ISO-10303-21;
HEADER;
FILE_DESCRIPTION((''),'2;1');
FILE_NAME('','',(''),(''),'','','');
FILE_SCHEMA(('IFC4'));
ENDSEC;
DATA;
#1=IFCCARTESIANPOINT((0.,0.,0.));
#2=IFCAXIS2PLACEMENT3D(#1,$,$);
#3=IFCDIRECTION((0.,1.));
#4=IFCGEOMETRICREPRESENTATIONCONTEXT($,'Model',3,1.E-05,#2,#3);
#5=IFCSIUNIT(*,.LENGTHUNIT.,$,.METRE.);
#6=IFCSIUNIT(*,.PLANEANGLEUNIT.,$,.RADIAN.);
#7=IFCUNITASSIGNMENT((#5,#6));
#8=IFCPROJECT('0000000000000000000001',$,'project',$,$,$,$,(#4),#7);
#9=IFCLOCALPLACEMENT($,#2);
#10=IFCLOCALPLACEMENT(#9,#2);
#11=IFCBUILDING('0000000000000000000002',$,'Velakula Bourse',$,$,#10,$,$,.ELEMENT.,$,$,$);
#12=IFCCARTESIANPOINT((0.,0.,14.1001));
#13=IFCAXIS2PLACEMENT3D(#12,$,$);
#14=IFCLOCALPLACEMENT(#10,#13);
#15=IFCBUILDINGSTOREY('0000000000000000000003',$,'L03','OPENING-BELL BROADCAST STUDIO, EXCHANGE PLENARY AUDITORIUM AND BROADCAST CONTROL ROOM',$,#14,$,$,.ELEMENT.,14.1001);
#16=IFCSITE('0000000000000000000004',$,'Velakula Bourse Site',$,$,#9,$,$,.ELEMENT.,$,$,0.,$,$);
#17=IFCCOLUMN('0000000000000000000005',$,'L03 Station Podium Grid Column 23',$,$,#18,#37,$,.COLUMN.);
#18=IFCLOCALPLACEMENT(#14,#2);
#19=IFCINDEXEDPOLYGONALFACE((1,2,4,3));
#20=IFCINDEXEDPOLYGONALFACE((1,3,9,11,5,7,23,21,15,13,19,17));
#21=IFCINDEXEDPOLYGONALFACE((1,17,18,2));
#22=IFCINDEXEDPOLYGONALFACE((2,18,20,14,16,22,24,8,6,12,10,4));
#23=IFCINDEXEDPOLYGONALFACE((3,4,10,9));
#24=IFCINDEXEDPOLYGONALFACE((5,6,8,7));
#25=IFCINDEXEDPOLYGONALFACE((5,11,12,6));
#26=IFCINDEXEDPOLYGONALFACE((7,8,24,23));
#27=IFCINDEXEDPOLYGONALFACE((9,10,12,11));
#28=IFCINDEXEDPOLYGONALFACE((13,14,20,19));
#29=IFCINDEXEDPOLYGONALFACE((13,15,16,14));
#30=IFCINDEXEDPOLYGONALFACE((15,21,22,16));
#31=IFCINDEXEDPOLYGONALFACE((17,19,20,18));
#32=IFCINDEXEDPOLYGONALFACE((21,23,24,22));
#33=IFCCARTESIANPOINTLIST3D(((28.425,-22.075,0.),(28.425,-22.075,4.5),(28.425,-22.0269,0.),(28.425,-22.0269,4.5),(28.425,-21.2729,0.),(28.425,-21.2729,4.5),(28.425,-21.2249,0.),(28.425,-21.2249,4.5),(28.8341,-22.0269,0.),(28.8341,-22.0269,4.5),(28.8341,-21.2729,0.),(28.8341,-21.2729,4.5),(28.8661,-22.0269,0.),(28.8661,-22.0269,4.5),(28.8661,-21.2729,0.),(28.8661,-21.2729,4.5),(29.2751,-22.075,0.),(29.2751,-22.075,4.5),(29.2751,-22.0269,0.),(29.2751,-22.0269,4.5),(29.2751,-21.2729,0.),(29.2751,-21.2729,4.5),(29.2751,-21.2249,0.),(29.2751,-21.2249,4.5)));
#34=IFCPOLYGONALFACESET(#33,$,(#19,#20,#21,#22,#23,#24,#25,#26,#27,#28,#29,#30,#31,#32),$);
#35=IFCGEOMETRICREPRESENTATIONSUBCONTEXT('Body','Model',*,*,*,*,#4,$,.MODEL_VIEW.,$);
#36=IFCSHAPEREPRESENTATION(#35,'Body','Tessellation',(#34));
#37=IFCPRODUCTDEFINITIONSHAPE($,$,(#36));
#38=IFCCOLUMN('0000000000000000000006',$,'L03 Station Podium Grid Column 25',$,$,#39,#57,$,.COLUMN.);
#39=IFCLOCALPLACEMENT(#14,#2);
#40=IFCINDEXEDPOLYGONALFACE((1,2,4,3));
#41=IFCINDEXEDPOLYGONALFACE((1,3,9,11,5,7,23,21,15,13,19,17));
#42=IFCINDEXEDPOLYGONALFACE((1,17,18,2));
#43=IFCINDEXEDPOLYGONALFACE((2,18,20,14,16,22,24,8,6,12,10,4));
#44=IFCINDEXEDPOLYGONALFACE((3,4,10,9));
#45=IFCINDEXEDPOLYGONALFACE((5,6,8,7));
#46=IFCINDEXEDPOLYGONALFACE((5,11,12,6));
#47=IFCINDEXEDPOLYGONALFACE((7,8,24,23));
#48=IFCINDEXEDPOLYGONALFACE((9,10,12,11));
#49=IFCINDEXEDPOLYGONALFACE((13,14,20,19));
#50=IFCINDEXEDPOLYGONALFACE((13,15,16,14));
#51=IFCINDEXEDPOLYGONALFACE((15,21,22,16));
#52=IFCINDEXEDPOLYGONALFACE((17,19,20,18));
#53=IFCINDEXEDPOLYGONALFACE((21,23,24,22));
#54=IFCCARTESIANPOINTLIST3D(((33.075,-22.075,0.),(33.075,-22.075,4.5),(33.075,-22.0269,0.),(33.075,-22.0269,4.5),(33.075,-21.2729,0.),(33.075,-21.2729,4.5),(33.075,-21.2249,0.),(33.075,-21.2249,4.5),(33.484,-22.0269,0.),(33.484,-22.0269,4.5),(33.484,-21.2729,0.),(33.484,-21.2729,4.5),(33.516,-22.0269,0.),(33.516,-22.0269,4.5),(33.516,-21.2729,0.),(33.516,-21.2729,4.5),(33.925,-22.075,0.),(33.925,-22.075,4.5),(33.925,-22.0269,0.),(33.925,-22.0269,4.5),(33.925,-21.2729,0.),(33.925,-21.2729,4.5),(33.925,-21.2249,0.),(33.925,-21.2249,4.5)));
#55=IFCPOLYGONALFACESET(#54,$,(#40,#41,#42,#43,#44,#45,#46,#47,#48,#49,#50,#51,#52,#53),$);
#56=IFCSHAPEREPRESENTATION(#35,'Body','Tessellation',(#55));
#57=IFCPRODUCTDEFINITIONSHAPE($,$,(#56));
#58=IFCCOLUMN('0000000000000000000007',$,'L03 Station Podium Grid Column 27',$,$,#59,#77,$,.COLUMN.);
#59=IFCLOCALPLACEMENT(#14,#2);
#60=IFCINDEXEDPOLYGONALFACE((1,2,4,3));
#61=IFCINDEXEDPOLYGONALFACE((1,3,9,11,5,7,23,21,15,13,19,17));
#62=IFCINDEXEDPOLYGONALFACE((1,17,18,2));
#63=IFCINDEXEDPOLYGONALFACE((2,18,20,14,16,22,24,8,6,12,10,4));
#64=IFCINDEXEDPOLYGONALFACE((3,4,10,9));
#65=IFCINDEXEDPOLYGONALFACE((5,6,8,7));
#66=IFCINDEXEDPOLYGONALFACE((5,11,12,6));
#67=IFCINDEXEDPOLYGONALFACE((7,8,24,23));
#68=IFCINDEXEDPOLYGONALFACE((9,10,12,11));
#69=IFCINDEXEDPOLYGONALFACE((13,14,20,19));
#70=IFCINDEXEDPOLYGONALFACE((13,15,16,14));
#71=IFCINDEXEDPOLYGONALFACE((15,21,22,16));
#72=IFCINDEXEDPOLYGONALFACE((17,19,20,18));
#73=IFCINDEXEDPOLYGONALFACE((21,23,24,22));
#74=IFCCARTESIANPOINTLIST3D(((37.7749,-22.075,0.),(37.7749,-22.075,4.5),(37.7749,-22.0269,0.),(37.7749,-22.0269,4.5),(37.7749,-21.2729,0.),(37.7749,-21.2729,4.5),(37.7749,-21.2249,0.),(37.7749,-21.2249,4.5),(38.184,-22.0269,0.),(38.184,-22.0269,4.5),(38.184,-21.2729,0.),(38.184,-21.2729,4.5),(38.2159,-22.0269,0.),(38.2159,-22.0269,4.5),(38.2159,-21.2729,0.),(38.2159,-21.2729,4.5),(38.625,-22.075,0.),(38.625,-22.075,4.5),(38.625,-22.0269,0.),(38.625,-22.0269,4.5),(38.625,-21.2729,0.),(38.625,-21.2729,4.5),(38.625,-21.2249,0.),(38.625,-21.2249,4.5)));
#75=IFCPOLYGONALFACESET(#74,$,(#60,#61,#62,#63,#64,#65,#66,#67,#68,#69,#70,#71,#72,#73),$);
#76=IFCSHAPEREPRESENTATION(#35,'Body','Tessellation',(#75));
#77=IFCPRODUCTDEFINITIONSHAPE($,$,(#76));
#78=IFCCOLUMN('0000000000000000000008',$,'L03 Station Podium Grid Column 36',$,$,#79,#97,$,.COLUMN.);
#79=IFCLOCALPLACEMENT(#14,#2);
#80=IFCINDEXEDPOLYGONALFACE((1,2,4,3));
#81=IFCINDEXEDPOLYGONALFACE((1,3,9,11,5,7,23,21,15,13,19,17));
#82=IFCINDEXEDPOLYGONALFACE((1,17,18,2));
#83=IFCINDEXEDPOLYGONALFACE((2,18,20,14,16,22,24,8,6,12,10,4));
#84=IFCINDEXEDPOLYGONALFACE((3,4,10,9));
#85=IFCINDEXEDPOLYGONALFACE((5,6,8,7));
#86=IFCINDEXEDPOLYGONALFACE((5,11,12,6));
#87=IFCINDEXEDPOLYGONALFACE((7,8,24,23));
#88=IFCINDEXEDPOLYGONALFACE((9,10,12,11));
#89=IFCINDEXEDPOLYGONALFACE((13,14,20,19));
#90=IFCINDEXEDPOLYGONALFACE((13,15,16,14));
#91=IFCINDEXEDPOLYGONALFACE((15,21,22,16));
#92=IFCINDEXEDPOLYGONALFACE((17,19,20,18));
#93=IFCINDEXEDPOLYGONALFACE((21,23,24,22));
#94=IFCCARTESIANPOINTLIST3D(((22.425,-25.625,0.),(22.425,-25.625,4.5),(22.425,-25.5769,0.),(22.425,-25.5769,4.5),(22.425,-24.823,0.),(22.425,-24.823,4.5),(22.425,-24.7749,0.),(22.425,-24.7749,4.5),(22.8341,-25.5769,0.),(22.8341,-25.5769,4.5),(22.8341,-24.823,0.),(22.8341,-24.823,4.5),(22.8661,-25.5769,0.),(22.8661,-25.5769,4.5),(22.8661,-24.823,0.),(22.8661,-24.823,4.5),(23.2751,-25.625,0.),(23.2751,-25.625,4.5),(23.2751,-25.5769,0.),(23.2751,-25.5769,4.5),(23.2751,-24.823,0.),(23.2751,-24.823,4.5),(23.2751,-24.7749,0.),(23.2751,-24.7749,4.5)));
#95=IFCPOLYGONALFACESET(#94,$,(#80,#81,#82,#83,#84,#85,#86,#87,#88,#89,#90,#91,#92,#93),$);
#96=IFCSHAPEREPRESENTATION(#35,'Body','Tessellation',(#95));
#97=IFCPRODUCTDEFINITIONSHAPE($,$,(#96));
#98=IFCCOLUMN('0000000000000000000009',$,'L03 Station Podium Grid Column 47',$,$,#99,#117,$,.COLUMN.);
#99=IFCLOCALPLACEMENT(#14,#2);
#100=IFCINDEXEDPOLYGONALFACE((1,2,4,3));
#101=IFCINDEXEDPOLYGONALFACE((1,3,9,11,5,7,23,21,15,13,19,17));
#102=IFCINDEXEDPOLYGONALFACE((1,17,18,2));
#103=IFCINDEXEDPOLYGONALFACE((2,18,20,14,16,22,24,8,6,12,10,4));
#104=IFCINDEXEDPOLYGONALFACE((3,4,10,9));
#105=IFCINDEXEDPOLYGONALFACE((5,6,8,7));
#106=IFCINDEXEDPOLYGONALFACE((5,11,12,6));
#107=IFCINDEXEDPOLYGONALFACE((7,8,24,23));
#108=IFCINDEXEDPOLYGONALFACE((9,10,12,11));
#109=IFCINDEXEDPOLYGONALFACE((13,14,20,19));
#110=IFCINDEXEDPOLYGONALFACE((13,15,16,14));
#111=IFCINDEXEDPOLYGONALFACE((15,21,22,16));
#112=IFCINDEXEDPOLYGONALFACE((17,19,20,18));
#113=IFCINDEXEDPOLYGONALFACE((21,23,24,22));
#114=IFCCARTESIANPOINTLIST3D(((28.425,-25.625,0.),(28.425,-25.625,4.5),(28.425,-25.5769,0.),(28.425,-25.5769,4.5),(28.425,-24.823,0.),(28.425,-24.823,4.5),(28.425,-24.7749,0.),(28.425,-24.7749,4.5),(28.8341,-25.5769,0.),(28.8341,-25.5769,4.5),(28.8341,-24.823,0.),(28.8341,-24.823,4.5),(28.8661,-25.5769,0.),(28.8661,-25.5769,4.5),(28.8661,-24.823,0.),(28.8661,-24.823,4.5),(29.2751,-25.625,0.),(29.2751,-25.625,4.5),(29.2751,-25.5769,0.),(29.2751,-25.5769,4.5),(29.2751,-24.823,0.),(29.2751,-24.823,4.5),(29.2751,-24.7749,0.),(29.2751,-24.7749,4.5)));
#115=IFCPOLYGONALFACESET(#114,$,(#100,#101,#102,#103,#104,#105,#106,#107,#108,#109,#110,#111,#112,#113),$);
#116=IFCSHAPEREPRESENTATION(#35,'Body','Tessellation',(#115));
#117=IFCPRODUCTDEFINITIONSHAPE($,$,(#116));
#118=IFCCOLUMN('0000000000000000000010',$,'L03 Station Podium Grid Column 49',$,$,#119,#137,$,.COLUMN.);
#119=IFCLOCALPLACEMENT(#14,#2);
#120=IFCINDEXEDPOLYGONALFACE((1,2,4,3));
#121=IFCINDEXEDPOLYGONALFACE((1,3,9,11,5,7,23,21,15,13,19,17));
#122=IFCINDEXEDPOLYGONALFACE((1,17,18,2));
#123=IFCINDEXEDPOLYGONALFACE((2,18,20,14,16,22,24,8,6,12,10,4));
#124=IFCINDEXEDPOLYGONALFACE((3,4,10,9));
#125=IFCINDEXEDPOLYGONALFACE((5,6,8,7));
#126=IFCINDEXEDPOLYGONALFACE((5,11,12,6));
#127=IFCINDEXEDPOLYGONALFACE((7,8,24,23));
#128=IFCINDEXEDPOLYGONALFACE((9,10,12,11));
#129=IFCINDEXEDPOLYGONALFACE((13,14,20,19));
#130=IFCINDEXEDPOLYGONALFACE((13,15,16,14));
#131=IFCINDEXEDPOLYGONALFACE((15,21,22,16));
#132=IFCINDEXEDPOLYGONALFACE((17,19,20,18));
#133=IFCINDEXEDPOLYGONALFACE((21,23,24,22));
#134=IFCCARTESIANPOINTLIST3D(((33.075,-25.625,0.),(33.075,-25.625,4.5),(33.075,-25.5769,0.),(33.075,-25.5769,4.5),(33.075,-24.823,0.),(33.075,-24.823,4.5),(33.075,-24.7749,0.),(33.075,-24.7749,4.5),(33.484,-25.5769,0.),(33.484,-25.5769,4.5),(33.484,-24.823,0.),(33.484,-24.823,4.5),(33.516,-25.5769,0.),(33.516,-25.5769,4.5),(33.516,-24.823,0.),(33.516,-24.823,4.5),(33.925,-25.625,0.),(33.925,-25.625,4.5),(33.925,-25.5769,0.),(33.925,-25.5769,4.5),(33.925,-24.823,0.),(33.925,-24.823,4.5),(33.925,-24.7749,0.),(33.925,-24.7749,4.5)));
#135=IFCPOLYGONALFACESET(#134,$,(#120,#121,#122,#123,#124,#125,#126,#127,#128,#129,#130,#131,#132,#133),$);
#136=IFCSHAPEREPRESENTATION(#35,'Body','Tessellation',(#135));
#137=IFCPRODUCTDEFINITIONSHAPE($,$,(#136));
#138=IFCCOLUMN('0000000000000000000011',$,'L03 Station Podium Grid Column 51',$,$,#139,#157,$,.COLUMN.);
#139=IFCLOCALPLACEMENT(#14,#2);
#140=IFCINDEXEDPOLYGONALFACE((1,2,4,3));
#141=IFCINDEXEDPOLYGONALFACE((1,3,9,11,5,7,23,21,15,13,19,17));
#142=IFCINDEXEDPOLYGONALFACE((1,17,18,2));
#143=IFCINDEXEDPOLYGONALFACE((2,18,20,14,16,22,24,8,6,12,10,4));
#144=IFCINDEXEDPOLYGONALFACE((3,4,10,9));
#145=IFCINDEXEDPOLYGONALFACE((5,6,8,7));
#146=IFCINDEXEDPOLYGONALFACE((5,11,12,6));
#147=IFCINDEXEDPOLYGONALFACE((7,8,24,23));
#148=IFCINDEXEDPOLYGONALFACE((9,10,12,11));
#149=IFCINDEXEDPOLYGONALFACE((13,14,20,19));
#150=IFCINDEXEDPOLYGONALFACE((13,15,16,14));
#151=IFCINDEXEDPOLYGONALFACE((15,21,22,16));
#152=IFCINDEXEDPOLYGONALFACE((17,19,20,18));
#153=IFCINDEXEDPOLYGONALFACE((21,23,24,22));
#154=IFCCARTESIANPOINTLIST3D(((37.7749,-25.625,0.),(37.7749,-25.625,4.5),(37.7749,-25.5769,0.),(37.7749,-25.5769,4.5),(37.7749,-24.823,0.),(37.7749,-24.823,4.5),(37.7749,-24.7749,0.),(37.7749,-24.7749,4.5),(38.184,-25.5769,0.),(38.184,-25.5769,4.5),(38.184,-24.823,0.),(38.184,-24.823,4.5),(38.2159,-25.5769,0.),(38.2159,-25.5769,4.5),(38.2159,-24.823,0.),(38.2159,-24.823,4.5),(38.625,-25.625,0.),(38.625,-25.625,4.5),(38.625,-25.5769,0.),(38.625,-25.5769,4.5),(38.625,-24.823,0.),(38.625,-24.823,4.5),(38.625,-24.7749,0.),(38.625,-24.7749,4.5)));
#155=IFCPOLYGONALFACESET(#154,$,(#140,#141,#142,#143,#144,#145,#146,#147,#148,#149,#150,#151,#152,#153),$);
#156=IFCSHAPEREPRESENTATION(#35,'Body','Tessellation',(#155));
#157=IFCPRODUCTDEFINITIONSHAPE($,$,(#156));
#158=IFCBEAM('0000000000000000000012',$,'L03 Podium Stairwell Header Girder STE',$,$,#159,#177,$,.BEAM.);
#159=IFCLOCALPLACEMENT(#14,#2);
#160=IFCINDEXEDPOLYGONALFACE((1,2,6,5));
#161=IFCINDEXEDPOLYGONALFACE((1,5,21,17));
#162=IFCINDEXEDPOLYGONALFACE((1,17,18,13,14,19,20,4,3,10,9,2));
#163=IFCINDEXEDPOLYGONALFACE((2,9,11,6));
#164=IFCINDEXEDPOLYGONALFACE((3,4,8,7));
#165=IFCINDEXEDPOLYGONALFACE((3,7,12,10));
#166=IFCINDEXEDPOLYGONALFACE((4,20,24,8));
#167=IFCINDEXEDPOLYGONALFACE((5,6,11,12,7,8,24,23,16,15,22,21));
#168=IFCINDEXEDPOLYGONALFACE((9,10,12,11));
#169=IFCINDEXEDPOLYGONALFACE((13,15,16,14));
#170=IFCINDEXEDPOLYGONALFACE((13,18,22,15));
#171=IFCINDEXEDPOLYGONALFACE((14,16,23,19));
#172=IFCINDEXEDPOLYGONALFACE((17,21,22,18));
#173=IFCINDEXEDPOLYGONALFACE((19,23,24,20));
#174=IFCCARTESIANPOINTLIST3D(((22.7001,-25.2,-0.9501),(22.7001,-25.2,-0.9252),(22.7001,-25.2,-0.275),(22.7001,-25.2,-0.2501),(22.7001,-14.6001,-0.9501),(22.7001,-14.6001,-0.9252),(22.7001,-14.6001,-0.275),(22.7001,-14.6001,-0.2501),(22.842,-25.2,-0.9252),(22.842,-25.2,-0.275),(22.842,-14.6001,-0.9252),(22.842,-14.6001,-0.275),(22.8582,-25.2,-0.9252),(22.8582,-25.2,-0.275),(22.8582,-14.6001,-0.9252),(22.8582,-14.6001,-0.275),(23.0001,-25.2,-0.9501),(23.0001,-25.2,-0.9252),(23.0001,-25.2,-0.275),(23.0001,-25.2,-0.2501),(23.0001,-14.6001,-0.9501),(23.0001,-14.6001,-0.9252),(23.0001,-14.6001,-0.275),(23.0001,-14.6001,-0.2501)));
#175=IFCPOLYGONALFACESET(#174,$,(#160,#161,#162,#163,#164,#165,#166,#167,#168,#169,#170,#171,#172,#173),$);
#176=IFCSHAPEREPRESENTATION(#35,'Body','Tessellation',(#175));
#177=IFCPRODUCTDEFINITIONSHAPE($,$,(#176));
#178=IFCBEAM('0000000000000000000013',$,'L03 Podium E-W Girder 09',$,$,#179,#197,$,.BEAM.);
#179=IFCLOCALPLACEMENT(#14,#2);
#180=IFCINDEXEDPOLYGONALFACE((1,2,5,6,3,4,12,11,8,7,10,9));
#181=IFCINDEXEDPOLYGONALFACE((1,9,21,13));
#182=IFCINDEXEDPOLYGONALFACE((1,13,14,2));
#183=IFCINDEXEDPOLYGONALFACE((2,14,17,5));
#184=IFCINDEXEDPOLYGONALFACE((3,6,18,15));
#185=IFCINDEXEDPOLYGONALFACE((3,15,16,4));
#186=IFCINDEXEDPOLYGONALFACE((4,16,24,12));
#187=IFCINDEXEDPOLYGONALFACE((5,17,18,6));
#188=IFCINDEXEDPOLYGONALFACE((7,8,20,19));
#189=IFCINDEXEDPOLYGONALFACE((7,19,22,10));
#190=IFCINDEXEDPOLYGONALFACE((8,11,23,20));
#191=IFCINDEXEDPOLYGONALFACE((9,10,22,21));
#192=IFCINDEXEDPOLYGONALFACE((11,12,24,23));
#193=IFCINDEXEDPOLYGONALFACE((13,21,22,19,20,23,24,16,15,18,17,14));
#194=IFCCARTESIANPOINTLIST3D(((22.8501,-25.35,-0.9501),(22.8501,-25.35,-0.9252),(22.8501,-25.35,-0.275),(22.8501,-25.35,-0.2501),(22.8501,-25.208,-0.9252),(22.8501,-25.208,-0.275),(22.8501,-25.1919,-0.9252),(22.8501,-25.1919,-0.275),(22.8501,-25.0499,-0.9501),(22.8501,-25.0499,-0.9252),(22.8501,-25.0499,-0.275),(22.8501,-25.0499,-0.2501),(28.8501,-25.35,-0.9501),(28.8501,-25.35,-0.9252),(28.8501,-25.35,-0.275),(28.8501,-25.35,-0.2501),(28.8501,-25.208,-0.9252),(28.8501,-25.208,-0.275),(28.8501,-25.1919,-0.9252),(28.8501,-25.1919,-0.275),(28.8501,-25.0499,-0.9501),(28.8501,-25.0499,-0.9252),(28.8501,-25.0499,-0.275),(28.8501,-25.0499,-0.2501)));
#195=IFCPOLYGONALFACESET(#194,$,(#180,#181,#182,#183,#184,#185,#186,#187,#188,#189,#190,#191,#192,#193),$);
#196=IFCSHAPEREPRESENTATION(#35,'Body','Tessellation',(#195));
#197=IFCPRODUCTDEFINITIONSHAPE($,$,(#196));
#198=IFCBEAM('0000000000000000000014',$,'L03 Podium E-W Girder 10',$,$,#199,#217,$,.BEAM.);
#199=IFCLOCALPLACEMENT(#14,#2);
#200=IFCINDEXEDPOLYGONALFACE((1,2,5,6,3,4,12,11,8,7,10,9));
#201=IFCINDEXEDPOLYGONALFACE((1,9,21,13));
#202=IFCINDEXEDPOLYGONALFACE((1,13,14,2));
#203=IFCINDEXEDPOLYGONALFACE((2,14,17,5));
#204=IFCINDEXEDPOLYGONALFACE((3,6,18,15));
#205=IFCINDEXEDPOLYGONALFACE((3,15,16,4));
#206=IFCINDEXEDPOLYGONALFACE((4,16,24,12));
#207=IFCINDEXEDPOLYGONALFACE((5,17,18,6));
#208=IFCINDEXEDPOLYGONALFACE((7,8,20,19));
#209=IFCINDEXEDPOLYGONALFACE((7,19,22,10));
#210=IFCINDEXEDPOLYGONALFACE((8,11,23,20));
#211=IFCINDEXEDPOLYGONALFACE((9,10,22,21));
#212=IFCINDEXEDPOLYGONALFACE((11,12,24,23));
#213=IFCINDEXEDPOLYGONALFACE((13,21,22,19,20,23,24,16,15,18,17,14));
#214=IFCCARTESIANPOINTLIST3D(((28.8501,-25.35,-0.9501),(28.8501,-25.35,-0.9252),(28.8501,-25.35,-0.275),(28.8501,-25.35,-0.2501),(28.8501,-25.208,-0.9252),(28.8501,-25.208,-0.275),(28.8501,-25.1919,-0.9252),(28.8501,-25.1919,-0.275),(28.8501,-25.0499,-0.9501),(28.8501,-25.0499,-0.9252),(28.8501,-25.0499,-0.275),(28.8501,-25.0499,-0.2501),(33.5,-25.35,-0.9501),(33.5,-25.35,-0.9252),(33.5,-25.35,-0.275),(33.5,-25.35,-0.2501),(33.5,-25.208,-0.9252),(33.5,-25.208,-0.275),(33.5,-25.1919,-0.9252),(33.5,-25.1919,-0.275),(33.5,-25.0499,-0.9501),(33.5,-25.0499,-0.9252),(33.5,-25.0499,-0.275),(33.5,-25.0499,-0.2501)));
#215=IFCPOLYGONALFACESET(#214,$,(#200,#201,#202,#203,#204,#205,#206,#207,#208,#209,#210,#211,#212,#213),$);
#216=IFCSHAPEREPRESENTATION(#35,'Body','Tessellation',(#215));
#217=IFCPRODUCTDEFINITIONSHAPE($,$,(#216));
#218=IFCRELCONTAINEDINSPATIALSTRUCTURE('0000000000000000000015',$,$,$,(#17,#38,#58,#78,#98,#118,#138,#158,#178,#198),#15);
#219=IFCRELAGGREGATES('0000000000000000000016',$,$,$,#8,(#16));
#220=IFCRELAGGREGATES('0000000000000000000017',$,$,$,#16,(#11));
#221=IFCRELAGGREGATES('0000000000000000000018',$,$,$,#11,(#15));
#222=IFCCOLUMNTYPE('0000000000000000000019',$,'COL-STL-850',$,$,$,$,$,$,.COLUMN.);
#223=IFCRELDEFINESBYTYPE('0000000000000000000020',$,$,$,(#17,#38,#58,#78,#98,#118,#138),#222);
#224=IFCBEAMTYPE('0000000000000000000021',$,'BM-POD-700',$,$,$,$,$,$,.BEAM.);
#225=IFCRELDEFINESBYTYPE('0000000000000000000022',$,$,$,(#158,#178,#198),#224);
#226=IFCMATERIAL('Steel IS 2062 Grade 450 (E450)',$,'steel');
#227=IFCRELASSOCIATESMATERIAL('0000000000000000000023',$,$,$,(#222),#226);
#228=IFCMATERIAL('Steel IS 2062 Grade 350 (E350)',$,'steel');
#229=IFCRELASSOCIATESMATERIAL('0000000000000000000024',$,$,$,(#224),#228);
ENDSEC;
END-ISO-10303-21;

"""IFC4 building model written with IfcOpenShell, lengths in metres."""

from ifc_helpers import new_model, si_unit, direction, frame, origin, origin_2d, place, context, subcontext, project, spatial, i_section, extrude, material, material_profile, profile_set, type_object, element, save


model = new_model("IFC4")

# Units and contexts
model_context = context("Model", 3, precision=1e-05, world=origin(), true_north=direction((0.0, 1.0)))
body_context = subcontext(model_context, "Body", "Model", "MODEL_VIEW")
ifc_project = project(units=[si_unit("LENGTHUNIT", "METRE"), si_unit("PLANEANGLEUNIT", "RADIAN")], contexts=[model_context])

# Site, building, storey
site_placement = place(None, origin())
site = spatial("IfcSite", under=ifc_project, at=site_placement, Name="Velakula Bourse Site", CompositionType="ELEMENT", RefElevation=0.0)
building_placement = place(site_placement, origin())
building = spatial("IfcBuilding", under=site, at=building_placement, Name="Velakula Bourse", CompositionType="ELEMENT")
storey_placement = place(building_placement, frame((0.0, 0.0, 14.1001)))
storey = spatial("IfcBuildingStorey", under=building, at=storey_placement, Name="L03", Description="OPENING-BELL BROADCAST STUDIO, EXCHANGE PLENARY AUDITORIUM AND BROADCAST CONTROL ROOM", CompositionType="ELEMENT", Elevation=14.1001)

# Columns
ifc_material_1 = material(Name="Steel IS 2062 Grade 450 (E450)", Category="steel")
ifc_material_profile_1 = material_profile(ifc_material_1, i_section(OverallWidth=0.8501, OverallDepth=0.8501, WebThickness=0.032, FlangeThickness=0.0481, at=origin_2d()), Name="Steel IS 2062 Grade 450 (E450)")
ifc_profile_set_1 = profile_set([ifc_material_profile_1], Name="Steel IS 2062 Grade 450 (E450)")
column_type = type_object("IfcColumnType", Name="COL-STL-850", PredefinedType="COLUMN", material=ifc_profile_set_1)
for number, where, z_axis, x_axis, name in (
    (1, (28.8501, -21.6499, 0.0), (0.0, 0.0, 1.0), (1.0, 0.0, 0.0), "L03 Station Podium Grid Column 23"),
    (2, (33.5, -21.6499, 0.0), (0.0, 0.0, 1.0), (1.0, 0.0, 0.0), "L03 Station Podium Grid Column 25"),
    (3, (38.2, -21.6499, 0.0), (0.0, 0.0, 1.0), (1.0, 0.0, 0.0), "L03 Station Podium Grid Column 27"),
    (4, (22.8501, -25.2, 0.0), (0.0, 0.0, 1.0), (1.0, 0.0, 0.0), "L03 Station Podium Grid Column 36"),
    (5, (28.8501, -25.2, 0.0), (0.0, 0.0, 1.0), (1.0, 0.0, 0.0), "L03 Station Podium Grid Column 47"),
    (6, (33.5, -25.2, 0.0), (0.0, 0.0, 1.0), (1.0, 0.0, 0.0), "L03 Station Podium Grid Column 49"),
    (7, (38.2, -25.2, 0.0), (0.0, 0.0, 1.0), (1.0, 0.0, 0.0), "L03 Station Podium Grid Column 51"),
):
    element("IfcColumn", number, at=place(storey_placement, frame(where, z_axis=z_axis, x_axis=x_axis)), inside=storey, type_object=column_type, Name=name, PredefinedType="COLUMN", context=body_context, shape_type="SweptSolid", body=[
        extrude(i_section(OverallWidth=0.8501, OverallDepth=0.8501, WebThickness=0.032, FlangeThickness=0.0481, at=origin_2d()), origin(), (0.0, 0.0, 1.0), 4.5),
    ])

# Beams
ifc_material_2 = material(Name="Steel IS 2062 Grade 350 (E350)", Category="steel")
ifc_material_profile_2 = material_profile(ifc_material_2, i_section(OverallWidth=0.3, OverallDepth=0.7, WebThickness=0.0161, FlangeThickness=0.0249, at=origin_2d()), Name="Steel IS 2062 Grade 350 (E350)")
ifc_profile_set_2 = profile_set([ifc_material_profile_2], Name="Steel IS 2062 Grade 350 (E350)")
beam_type_1 = type_object("IfcBeamType", Name="BM-POD-700", PredefinedType="BEAM", material=ifc_profile_set_2)
beam_1_placement = place(storey_placement, frame((22.8501, -25.2, -0.6001), z_axis=(0.0, 1.0, 0.0), x_axis=(-1.0, 0.0, 0.0)))
element("IfcBeam", 8, at=beam_1_placement, inside=storey, type_object=beam_type_1, Name="L03 Podium Stairwell Header Girder STE", PredefinedType="BEAM", context=body_context, shape_type="SweptSolid", body=[
    extrude(i_section(OverallWidth=0.3, OverallDepth=0.7, WebThickness=0.0161, FlangeThickness=0.0249, at=origin_2d()), origin(), (0.0, 0.0, 1.0), 10.5999),
])
beam_2_placement = place(storey_placement, frame((22.8501, -25.2, -0.6001), z_axis=(1.0, 0.0, 0.0), x_axis=(0.0, 1.0, 0.0)))
element("IfcBeam", 9, at=beam_2_placement, inside=storey, type_object=beam_type_1, Name="L03 Podium E-W Girder 09", PredefinedType="BEAM", context=body_context, shape_type="SweptSolid", body=[
    extrude(i_section(OverallWidth=0.3, OverallDepth=0.7, WebThickness=0.0161, FlangeThickness=0.0249, at=origin_2d()), origin(), (0.0, 0.0, 1.0), 6.0),
])
beam_3_placement = place(storey_placement, frame((28.8501, -25.2, -0.6001), z_axis=(1.0, 0.0, 0.0), x_axis=(0.0, 1.0, 0.0)))
element("IfcBeam", 10, at=beam_3_placement, inside=storey, type_object=beam_type_1, Name="L03 Podium E-W Girder 10", PredefinedType="BEAM", context=body_context, shape_type="SweptSolid", body=[
    extrude(i_section(OverallWidth=0.3, OverallDepth=0.7, WebThickness=0.0161, FlangeThickness=0.0249, at=origin_2d()), origin(), (0.0, 0.0, 1.0), 4.6499),
])

save(model, "model.ifc")
